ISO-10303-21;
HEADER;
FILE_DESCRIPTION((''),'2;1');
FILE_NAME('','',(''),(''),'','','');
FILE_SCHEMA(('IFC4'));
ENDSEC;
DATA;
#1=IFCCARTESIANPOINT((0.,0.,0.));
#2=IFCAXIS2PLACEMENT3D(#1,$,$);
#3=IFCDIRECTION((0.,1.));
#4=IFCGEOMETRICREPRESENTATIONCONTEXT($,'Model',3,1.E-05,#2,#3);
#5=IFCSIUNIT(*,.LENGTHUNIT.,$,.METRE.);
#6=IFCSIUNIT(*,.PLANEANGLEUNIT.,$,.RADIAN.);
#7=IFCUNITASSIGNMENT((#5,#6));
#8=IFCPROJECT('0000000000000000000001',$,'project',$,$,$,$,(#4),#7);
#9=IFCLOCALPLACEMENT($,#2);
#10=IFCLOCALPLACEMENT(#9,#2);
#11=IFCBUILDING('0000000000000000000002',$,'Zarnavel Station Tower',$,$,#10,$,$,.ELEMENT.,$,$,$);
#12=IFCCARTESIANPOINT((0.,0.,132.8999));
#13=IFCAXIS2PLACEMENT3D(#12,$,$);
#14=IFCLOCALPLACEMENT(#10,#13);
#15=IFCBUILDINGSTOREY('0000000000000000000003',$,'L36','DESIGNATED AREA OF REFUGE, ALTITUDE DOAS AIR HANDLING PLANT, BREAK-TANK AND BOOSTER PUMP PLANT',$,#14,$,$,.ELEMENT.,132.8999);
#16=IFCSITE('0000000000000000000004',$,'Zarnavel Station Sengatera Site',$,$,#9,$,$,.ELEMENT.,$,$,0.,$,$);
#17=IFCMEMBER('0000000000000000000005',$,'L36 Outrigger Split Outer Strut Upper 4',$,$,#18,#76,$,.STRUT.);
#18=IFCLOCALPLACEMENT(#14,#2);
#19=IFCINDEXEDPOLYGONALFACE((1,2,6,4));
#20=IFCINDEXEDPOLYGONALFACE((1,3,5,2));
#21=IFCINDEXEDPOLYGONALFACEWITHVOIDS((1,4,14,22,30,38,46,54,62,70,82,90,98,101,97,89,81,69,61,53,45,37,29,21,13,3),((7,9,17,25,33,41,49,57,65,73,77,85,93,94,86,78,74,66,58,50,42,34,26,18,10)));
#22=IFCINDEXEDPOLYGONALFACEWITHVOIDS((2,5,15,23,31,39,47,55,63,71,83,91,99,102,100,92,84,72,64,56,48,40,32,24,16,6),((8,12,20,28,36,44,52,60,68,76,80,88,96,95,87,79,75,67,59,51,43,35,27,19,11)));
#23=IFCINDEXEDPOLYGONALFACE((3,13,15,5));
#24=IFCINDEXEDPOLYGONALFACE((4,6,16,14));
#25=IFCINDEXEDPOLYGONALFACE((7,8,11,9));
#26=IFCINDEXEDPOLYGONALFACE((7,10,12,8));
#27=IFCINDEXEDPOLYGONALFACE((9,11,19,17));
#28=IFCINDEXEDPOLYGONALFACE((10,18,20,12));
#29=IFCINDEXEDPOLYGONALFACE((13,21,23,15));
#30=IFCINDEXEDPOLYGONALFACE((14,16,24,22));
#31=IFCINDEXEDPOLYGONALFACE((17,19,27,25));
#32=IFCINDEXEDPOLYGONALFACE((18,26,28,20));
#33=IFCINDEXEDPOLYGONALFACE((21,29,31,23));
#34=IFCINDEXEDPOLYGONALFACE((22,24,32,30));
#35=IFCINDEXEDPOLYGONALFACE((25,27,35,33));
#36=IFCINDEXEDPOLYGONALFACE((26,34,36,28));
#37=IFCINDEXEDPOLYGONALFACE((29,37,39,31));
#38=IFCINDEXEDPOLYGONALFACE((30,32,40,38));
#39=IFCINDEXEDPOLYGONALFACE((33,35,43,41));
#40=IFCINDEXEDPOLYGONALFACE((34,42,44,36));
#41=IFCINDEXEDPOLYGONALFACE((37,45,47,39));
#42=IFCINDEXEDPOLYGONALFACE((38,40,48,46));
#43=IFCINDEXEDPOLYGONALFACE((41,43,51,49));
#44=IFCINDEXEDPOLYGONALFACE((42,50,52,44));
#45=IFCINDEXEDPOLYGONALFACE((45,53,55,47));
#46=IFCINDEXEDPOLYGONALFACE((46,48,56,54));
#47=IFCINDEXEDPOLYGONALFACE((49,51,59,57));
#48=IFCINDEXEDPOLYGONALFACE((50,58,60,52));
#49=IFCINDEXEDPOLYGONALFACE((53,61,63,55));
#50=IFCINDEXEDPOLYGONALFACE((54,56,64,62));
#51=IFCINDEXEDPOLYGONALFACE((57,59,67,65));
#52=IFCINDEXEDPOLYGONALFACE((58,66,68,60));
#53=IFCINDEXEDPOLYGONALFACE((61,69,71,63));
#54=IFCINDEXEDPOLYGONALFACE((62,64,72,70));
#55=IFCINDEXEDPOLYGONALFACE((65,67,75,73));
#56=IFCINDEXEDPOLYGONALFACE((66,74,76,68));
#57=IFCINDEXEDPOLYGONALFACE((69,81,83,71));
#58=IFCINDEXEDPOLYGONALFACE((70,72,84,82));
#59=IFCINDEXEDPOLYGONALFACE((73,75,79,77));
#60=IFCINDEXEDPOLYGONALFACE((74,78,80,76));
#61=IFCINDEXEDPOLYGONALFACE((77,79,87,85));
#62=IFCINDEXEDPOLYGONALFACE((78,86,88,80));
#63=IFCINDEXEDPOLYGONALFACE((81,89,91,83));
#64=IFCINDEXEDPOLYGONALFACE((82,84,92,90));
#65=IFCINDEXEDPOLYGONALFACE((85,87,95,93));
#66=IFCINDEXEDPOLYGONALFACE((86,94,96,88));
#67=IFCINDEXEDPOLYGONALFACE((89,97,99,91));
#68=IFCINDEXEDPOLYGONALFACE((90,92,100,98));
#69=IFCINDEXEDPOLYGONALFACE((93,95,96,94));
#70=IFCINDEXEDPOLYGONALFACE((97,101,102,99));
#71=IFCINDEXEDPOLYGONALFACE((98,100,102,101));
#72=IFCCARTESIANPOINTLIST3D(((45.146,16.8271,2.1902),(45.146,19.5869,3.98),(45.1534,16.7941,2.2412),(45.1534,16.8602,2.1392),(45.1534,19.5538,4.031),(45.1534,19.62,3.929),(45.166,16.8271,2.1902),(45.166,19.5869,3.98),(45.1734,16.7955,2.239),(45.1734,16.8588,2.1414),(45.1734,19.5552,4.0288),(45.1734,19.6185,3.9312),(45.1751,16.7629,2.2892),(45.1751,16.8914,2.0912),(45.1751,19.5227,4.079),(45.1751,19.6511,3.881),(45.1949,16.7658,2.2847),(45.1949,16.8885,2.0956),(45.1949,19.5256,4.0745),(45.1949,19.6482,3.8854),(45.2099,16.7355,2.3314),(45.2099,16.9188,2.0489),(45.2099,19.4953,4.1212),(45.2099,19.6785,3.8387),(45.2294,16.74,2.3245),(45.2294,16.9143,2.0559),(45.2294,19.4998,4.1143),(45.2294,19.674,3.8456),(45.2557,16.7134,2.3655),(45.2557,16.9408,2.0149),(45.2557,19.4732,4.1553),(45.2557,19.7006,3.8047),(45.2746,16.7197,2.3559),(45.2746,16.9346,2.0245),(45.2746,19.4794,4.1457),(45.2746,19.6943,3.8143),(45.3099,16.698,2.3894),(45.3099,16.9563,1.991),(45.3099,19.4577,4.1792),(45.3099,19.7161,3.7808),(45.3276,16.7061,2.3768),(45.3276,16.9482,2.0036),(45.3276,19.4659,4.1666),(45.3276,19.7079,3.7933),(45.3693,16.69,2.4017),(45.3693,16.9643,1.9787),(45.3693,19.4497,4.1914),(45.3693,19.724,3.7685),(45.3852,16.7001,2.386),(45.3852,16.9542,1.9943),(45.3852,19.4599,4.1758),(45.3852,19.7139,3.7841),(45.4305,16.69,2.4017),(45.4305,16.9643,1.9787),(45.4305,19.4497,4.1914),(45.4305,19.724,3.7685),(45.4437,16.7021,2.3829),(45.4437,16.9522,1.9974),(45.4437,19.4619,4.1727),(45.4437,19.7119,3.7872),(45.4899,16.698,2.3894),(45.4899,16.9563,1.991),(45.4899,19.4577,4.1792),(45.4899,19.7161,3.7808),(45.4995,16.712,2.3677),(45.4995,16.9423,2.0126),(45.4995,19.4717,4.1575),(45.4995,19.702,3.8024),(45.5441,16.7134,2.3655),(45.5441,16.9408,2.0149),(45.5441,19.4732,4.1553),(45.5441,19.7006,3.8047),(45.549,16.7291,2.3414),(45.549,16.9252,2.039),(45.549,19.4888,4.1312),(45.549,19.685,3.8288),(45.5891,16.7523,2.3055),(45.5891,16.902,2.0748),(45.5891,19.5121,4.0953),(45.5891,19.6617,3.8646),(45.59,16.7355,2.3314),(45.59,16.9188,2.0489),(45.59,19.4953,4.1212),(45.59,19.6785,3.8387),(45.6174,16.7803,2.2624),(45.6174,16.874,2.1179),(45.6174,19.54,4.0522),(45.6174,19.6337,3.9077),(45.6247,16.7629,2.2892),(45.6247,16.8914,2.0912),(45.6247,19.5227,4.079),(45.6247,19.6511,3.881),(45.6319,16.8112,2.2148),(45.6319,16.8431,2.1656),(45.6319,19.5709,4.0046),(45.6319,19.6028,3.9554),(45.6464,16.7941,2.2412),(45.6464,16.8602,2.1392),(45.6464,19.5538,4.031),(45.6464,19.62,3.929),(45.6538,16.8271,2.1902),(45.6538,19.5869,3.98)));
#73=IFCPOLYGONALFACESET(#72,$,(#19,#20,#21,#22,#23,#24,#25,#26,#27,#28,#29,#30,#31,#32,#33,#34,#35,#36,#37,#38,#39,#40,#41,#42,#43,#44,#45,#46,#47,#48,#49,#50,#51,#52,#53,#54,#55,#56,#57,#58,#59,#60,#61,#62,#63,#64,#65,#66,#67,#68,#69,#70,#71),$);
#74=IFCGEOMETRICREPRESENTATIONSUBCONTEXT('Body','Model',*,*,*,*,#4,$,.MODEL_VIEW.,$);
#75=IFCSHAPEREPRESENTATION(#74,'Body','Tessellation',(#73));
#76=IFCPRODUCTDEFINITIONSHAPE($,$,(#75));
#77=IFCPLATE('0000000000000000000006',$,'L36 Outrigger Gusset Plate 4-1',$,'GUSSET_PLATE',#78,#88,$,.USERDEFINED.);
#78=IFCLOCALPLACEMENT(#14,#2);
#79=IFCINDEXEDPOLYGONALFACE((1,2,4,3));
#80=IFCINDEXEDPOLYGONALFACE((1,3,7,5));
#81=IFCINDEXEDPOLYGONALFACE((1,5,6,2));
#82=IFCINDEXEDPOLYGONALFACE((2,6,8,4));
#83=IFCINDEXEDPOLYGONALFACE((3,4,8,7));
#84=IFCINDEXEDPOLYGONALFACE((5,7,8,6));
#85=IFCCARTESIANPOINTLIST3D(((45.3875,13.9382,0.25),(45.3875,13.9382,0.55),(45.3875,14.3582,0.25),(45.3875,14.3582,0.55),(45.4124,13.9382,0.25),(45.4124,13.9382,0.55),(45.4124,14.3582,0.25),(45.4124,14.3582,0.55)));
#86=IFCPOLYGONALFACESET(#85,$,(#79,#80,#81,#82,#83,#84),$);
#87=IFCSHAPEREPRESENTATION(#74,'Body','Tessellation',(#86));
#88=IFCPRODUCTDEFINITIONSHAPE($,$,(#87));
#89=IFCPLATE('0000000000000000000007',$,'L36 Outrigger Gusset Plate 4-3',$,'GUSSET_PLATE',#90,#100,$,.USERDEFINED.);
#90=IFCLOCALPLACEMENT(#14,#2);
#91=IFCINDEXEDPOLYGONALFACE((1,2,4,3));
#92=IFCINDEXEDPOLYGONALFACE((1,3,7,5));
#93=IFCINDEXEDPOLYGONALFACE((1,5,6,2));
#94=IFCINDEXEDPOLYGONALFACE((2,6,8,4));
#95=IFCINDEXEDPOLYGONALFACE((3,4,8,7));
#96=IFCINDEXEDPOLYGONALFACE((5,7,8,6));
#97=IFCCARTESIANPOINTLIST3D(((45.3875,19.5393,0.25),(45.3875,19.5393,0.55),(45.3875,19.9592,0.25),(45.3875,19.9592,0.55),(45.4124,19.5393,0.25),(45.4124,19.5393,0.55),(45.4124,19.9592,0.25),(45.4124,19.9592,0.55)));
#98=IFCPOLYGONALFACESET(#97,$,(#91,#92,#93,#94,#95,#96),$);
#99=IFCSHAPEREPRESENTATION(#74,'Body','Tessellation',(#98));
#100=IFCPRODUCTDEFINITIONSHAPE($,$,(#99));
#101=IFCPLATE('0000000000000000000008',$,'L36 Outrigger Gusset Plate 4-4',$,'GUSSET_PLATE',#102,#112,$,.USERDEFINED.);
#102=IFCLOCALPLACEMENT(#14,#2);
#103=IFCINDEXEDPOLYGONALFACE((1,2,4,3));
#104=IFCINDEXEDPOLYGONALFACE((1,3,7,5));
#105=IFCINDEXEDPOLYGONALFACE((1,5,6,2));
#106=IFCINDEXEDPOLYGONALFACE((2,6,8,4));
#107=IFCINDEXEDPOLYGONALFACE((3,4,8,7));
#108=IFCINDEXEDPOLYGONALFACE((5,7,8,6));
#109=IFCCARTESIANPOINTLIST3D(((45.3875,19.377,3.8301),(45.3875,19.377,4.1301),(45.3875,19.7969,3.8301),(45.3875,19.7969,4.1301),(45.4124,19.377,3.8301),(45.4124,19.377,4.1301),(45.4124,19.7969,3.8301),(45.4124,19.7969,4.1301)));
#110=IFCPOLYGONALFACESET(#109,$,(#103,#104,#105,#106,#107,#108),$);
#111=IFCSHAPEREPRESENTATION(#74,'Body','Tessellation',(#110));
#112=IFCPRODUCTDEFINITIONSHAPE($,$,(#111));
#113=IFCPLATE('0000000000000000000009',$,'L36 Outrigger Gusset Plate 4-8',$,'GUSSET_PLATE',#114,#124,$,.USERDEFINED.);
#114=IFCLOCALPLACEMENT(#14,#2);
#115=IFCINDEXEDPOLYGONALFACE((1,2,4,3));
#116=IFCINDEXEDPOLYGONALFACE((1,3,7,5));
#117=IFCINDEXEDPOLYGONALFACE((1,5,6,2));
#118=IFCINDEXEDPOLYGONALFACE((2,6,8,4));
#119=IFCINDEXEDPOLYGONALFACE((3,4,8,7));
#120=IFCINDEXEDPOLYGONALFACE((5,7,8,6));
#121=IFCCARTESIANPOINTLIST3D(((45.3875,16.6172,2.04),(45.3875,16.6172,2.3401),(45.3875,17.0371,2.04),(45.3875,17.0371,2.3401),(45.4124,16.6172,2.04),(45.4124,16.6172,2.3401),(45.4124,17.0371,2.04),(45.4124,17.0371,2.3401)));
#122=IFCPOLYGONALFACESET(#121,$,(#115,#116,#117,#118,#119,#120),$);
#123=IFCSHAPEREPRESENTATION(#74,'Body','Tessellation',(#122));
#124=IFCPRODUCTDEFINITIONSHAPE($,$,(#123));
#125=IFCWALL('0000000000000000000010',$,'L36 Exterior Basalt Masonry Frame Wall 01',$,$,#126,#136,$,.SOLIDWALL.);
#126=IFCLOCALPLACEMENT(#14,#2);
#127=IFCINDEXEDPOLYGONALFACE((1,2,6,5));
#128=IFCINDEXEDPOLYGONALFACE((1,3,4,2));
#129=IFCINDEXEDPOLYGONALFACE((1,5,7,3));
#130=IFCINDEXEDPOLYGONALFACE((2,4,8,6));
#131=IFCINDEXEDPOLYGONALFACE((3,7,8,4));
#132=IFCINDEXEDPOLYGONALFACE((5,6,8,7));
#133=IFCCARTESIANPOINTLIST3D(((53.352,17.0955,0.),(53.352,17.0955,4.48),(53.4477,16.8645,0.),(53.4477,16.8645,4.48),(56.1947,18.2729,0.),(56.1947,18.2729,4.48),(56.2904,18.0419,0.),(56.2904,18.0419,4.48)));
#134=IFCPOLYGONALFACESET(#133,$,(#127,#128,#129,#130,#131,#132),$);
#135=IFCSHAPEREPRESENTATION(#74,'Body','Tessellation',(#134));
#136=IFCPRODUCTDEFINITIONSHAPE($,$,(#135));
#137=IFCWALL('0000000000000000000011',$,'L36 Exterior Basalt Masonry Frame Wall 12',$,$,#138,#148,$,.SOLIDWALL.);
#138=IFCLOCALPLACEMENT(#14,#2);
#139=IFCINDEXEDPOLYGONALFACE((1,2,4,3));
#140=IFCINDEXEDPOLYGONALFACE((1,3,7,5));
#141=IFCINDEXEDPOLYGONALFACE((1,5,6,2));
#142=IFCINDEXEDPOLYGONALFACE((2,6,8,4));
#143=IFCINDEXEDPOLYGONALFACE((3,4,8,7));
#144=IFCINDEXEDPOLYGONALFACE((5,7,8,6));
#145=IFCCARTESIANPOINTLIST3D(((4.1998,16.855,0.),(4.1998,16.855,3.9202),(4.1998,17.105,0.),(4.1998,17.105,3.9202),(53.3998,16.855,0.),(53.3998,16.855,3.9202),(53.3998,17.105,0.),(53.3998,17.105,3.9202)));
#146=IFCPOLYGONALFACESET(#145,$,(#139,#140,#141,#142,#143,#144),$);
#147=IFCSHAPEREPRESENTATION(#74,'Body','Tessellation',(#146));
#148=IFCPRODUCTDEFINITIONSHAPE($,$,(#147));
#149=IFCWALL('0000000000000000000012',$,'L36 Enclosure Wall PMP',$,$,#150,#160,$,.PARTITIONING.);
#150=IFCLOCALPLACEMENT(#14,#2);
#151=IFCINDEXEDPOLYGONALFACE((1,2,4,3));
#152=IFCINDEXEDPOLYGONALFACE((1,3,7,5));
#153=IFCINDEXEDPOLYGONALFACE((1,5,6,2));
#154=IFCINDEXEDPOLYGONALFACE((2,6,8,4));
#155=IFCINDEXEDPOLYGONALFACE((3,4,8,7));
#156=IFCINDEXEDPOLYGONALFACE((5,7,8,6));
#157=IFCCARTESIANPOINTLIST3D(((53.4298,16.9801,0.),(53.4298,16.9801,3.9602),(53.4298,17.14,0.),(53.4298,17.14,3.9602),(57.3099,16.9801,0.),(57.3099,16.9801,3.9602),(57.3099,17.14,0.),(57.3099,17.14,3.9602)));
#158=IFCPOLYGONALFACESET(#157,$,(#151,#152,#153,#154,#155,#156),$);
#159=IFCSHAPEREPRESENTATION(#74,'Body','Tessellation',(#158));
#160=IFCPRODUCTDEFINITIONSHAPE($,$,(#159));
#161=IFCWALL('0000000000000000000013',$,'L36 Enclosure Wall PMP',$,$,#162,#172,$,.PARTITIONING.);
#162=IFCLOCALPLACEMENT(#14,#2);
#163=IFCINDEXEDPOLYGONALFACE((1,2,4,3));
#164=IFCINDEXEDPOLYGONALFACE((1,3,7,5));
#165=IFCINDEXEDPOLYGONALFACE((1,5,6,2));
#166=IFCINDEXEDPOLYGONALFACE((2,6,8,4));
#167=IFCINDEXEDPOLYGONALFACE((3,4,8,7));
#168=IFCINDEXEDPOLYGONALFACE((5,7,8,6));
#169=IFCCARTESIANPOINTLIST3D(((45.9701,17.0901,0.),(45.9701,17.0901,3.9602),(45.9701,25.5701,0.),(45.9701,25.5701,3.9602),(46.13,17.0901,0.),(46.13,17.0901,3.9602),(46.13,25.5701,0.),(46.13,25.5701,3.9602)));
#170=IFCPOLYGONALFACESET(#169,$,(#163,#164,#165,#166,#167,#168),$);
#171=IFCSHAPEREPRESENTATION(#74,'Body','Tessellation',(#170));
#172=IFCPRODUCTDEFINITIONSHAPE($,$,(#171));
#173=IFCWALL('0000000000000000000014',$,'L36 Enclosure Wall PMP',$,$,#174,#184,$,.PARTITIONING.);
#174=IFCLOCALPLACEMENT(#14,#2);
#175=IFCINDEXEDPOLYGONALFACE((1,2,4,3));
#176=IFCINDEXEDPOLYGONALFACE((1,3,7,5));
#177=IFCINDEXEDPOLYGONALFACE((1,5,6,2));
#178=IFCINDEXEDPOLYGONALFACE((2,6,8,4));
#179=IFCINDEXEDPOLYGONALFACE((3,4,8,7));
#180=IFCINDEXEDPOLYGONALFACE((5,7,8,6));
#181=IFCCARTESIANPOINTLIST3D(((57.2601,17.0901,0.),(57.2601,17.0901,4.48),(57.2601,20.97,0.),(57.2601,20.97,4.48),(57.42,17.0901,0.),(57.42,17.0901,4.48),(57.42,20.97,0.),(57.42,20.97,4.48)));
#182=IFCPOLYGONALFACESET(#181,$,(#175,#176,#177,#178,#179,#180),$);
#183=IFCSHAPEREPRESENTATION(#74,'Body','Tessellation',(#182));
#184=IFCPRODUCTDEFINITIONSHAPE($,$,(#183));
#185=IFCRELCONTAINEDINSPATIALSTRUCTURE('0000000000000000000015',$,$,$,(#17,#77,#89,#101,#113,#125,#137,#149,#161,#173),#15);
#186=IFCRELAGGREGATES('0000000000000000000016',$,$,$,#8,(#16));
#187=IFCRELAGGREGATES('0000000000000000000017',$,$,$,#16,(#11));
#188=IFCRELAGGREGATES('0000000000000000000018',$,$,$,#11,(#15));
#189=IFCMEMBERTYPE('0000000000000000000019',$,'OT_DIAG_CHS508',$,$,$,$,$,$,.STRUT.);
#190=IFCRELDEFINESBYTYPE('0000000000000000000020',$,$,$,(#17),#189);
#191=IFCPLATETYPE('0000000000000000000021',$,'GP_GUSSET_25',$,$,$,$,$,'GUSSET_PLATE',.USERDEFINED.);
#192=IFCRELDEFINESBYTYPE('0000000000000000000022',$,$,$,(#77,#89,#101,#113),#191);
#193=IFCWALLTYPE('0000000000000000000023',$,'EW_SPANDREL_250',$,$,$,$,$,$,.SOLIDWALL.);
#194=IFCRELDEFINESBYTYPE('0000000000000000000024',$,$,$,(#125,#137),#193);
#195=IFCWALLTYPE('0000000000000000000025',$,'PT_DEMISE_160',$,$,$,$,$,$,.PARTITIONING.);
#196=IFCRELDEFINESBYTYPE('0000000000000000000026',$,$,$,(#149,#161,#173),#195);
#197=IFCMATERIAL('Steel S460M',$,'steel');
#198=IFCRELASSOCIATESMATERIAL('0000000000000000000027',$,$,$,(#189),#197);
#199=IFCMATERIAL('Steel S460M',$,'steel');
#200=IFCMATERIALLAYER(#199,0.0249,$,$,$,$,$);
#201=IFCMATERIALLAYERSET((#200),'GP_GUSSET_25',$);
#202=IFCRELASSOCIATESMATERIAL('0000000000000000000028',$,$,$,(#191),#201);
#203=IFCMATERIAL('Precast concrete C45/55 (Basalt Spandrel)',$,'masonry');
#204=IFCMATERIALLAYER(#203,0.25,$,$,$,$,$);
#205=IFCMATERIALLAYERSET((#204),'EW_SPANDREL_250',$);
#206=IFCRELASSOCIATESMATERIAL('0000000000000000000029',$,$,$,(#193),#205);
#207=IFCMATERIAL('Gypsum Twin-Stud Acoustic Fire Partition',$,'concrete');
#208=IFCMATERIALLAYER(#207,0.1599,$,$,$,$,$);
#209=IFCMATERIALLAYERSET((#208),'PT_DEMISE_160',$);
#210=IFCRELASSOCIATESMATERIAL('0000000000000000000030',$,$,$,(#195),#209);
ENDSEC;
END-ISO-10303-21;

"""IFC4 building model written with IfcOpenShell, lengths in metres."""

from ifc_helpers import new_model, si_unit, direction, frame, frame_2d, origin, origin_2d, place, context, subcontext, project, spatial, rectangle, hollow_circle, extrude, material, layer, layer_set, material_profile, profile_set, type_object, element, save


model = new_model("IFC4")

# Units and contexts
model_context = context("Model", 3, precision=1e-05, world=origin(), true_north=direction((0.0, 1.0)))
body_context = subcontext(model_context, "Body", "Model", "MODEL_VIEW")
ifc_project = project(units=[si_unit("LENGTHUNIT", "METRE"), si_unit("PLANEANGLEUNIT", "RADIAN")], contexts=[model_context])

# Site, building, storey
site_placement = place(None, origin())
site = spatial("IfcSite", under=ifc_project, at=site_placement, Name="Zarnavel Station Sengatera Site", CompositionType="ELEMENT", RefElevation=0.0)
building_placement = place(site_placement, origin())
building = spatial("IfcBuilding", under=site, at=building_placement, Name="Zarnavel Station Tower", CompositionType="ELEMENT")
storey_placement = place(building_placement, frame((0.0, 0.0, 132.8999)))
storey = spatial("IfcBuildingStorey", under=building, at=storey_placement, Name="L36", Description="DESIGNATED AREA OF REFUGE, ALTITUDE DOAS AIR HANDLING PLANT, BREAK-TANK AND BOOSTER PUMP PLANT", CompositionType="ELEMENT", Elevation=132.8999)

# Member
ifc_material_1 = material(Name="Steel S460M", Category="steel")
ifc_material_profile_1 = material_profile(ifc_material_1, hollow_circle(Radius=0.2539, WallThickness=0.02, at=origin_2d()), Name="CHS508x20")
ifc_profile_set_1 = profile_set([ifc_material_profile_1], Name="Steel S460M")
member_type_1 = type_object("IfcMemberType", Name="OT_DIAG_CHS508", PredefinedType="STRUT", material=ifc_profile_set_1)
member_1_placement = place(storey_placement, frame((45.3999, 16.8271, 2.1902), z_axis=(0.0, 0.839006, 0.544122), x_axis=(-1.0, 0.0, 0.0)))
element("IfcMember", 1, at=member_1_placement, inside=storey, type_object=member_type_1, Name="L36 Outrigger Split Outer Strut Upper 4", PredefinedType="STRUT", context=body_context, shape_type="SweptSolid", body=[
    extrude(hollow_circle(Radius=0.2539, WallThickness=0.02, at=origin_2d()), origin(), (0.0, 0.0, 1.0), 3.2893),
])

# Plates
ifc_material_2 = material(Name="Steel S460M", Category="steel")
ifc_layer_1 = layer(ifc_material_2, 0.0249)
ifc_layer_set_1 = layer_set([ifc_layer_1], Name="GP_GUSSET_25")
plate_type = type_object("IfcPlateType", Name="GP_GUSSET_25", ElementType="GUSSET_PLATE", PredefinedType="USERDEFINED", material=ifc_layer_set_1)
for number, where, z_axis, x_axis, name in (
    (2, (45.3999, 14.1482, 0.25), (0.0, 0.0, 1.0), (1.0, 0.0, 0.0), "L36 Outrigger Gusset Plate 4-1"),
    (3, (45.3999, 19.7493, 0.25), (0.0, 0.0, 1.0), (1.0, 0.0, 0.0), "L36 Outrigger Gusset Plate 4-3"),
    (4, (45.3999, 19.5869, 3.8301), (0.0, 0.0, 1.0), (1.0, 0.0, 0.0), "L36 Outrigger Gusset Plate 4-4"),
    (5, (45.3999, 16.8271, 2.04), (0.0, 0.0, 1.0), (1.0, 0.0, 0.0), "L36 Outrigger Gusset Plate 4-8"),
):
    element("IfcPlate", number, at=place(storey_placement, frame(where, z_axis=z_axis, x_axis=x_axis)), inside=storey, type_object=plate_type, Name=name, ObjectType="GUSSET_PLATE", PredefinedType="USERDEFINED", context=body_context, shape_type="SweptSolid", body=[
        extrude(rectangle(XDim=0.0249, YDim=0.4199, at=origin_2d()), origin(), (0.0, 0.0, 1.0), 0.3),
    ])

# Walls
ifc_material_3 = material(Name="Precast concrete C45/55 (Basalt Spandrel)", Category="masonry")
ifc_layer_2 = layer(ifc_material_3, 0.25)
ifc_layer_set_2 = layer_set([ifc_layer_2], Name="EW_SPANDREL_250")
wall_type_1 = type_object("IfcWallType", Name="EW_SPANDREL_250", PredefinedType="SOLIDWALL", material=ifc_layer_set_2)
wall_1_placement = place(storey_placement, frame((56.2427, 18.1575, 0.0), z_axis=(0.0, 0.0, 1.0), x_axis=(-0.923882, -0.382676, 0.0)))
element("IfcWall", 6, at=wall_1_placement, inside=storey, type_object=wall_type_1, Name="L36 Exterior Basalt Masonry Frame Wall 01", PredefinedType="SOLIDWALL", context=body_context, shape_type="SweptSolid", body=[
    extrude(rectangle(XDim=3.0769, YDim=0.25, at=frame_2d((1.5386, 0.0))), origin(), (0.0, 0.0, 1.0), 4.48),
])
wall_2_placement = place(storey_placement, frame((53.3999, 16.98, 0.0), z_axis=(0.0, 0.0, 1.0), x_axis=(-1.0, 0.0, 0.0)))
element("IfcWall", 7, at=wall_2_placement, inside=storey, type_object=wall_type_1, Name="L36 Exterior Basalt Masonry Frame Wall 12", PredefinedType="SOLIDWALL", context=body_context, shape_type="SweptSolid", body=[
    extrude(rectangle(XDim=49.2, YDim=0.25, at=frame_2d((24.6001, 0.0))), origin(), (0.0, 0.0, 1.0), 3.9202),
])
ifc_material_4 = material(Name="Gypsum Twin-Stud Acoustic Fire Partition", Category="concrete")
ifc_layer_3 = layer(ifc_material_4, 0.1599)
ifc_layer_set_3 = layer_set([ifc_layer_3], Name="PT_DEMISE_160")
wall_type_2 = type_object("IfcWallType", Name="PT_DEMISE_160", PredefinedType="PARTITIONING", material=ifc_layer_set_3)
wall_3_placement = place(storey_placement, frame((53.4299, 17.0601, 0.0), z_axis=(0.0, 0.0, 1.0), x_axis=(1.0, 0.0, 0.0)))
element("IfcWall", 8, at=wall_3_placement, inside=storey, type_object=wall_type_2, Name="L36 Enclosure Wall PMP", PredefinedType="PARTITIONING", context=body_context, shape_type="SweptSolid", body=[
    extrude(rectangle(XDim=3.8801, YDim=0.1599, at=frame_2d((1.9399, 0.0))), origin(), (0.0, 0.0, 1.0), 3.9602),
])
wall_4_placement = place(storey_placement, frame((46.05, 17.0901, 0.0), z_axis=(0.0, 0.0, 1.0), x_axis=(0.0, 1.0, 0.0)))
element("IfcWall", 9, at=wall_4_placement, inside=storey, type_object=wall_type_2, Name="L36 Enclosure Wall PMP", PredefinedType="PARTITIONING", context=body_context, shape_type="SweptSolid", body=[
    extrude(rectangle(XDim=8.48, YDim=0.1599, at=frame_2d((4.24, 0.0))), origin(), (0.0, 0.0, 1.0), 3.9602),
])
wall_5_placement = place(storey_placement, frame((57.3401, 17.0901, 0.0), z_axis=(0.0, 0.0, 1.0), x_axis=(0.0, 1.0, 0.0)))
element("IfcWall", 10, at=wall_5_placement, inside=storey, type_object=wall_type_2, Name="L36 Enclosure Wall PMP", PredefinedType="PARTITIONING", context=body_context, shape_type="SweptSolid", body=[
    extrude(rectangle(XDim=3.8799, YDim=0.1599, at=frame_2d((1.9399, 0.0))), origin(), (0.0, 0.0, 1.0), 4.48),
])

save(model, "model.ifc")
